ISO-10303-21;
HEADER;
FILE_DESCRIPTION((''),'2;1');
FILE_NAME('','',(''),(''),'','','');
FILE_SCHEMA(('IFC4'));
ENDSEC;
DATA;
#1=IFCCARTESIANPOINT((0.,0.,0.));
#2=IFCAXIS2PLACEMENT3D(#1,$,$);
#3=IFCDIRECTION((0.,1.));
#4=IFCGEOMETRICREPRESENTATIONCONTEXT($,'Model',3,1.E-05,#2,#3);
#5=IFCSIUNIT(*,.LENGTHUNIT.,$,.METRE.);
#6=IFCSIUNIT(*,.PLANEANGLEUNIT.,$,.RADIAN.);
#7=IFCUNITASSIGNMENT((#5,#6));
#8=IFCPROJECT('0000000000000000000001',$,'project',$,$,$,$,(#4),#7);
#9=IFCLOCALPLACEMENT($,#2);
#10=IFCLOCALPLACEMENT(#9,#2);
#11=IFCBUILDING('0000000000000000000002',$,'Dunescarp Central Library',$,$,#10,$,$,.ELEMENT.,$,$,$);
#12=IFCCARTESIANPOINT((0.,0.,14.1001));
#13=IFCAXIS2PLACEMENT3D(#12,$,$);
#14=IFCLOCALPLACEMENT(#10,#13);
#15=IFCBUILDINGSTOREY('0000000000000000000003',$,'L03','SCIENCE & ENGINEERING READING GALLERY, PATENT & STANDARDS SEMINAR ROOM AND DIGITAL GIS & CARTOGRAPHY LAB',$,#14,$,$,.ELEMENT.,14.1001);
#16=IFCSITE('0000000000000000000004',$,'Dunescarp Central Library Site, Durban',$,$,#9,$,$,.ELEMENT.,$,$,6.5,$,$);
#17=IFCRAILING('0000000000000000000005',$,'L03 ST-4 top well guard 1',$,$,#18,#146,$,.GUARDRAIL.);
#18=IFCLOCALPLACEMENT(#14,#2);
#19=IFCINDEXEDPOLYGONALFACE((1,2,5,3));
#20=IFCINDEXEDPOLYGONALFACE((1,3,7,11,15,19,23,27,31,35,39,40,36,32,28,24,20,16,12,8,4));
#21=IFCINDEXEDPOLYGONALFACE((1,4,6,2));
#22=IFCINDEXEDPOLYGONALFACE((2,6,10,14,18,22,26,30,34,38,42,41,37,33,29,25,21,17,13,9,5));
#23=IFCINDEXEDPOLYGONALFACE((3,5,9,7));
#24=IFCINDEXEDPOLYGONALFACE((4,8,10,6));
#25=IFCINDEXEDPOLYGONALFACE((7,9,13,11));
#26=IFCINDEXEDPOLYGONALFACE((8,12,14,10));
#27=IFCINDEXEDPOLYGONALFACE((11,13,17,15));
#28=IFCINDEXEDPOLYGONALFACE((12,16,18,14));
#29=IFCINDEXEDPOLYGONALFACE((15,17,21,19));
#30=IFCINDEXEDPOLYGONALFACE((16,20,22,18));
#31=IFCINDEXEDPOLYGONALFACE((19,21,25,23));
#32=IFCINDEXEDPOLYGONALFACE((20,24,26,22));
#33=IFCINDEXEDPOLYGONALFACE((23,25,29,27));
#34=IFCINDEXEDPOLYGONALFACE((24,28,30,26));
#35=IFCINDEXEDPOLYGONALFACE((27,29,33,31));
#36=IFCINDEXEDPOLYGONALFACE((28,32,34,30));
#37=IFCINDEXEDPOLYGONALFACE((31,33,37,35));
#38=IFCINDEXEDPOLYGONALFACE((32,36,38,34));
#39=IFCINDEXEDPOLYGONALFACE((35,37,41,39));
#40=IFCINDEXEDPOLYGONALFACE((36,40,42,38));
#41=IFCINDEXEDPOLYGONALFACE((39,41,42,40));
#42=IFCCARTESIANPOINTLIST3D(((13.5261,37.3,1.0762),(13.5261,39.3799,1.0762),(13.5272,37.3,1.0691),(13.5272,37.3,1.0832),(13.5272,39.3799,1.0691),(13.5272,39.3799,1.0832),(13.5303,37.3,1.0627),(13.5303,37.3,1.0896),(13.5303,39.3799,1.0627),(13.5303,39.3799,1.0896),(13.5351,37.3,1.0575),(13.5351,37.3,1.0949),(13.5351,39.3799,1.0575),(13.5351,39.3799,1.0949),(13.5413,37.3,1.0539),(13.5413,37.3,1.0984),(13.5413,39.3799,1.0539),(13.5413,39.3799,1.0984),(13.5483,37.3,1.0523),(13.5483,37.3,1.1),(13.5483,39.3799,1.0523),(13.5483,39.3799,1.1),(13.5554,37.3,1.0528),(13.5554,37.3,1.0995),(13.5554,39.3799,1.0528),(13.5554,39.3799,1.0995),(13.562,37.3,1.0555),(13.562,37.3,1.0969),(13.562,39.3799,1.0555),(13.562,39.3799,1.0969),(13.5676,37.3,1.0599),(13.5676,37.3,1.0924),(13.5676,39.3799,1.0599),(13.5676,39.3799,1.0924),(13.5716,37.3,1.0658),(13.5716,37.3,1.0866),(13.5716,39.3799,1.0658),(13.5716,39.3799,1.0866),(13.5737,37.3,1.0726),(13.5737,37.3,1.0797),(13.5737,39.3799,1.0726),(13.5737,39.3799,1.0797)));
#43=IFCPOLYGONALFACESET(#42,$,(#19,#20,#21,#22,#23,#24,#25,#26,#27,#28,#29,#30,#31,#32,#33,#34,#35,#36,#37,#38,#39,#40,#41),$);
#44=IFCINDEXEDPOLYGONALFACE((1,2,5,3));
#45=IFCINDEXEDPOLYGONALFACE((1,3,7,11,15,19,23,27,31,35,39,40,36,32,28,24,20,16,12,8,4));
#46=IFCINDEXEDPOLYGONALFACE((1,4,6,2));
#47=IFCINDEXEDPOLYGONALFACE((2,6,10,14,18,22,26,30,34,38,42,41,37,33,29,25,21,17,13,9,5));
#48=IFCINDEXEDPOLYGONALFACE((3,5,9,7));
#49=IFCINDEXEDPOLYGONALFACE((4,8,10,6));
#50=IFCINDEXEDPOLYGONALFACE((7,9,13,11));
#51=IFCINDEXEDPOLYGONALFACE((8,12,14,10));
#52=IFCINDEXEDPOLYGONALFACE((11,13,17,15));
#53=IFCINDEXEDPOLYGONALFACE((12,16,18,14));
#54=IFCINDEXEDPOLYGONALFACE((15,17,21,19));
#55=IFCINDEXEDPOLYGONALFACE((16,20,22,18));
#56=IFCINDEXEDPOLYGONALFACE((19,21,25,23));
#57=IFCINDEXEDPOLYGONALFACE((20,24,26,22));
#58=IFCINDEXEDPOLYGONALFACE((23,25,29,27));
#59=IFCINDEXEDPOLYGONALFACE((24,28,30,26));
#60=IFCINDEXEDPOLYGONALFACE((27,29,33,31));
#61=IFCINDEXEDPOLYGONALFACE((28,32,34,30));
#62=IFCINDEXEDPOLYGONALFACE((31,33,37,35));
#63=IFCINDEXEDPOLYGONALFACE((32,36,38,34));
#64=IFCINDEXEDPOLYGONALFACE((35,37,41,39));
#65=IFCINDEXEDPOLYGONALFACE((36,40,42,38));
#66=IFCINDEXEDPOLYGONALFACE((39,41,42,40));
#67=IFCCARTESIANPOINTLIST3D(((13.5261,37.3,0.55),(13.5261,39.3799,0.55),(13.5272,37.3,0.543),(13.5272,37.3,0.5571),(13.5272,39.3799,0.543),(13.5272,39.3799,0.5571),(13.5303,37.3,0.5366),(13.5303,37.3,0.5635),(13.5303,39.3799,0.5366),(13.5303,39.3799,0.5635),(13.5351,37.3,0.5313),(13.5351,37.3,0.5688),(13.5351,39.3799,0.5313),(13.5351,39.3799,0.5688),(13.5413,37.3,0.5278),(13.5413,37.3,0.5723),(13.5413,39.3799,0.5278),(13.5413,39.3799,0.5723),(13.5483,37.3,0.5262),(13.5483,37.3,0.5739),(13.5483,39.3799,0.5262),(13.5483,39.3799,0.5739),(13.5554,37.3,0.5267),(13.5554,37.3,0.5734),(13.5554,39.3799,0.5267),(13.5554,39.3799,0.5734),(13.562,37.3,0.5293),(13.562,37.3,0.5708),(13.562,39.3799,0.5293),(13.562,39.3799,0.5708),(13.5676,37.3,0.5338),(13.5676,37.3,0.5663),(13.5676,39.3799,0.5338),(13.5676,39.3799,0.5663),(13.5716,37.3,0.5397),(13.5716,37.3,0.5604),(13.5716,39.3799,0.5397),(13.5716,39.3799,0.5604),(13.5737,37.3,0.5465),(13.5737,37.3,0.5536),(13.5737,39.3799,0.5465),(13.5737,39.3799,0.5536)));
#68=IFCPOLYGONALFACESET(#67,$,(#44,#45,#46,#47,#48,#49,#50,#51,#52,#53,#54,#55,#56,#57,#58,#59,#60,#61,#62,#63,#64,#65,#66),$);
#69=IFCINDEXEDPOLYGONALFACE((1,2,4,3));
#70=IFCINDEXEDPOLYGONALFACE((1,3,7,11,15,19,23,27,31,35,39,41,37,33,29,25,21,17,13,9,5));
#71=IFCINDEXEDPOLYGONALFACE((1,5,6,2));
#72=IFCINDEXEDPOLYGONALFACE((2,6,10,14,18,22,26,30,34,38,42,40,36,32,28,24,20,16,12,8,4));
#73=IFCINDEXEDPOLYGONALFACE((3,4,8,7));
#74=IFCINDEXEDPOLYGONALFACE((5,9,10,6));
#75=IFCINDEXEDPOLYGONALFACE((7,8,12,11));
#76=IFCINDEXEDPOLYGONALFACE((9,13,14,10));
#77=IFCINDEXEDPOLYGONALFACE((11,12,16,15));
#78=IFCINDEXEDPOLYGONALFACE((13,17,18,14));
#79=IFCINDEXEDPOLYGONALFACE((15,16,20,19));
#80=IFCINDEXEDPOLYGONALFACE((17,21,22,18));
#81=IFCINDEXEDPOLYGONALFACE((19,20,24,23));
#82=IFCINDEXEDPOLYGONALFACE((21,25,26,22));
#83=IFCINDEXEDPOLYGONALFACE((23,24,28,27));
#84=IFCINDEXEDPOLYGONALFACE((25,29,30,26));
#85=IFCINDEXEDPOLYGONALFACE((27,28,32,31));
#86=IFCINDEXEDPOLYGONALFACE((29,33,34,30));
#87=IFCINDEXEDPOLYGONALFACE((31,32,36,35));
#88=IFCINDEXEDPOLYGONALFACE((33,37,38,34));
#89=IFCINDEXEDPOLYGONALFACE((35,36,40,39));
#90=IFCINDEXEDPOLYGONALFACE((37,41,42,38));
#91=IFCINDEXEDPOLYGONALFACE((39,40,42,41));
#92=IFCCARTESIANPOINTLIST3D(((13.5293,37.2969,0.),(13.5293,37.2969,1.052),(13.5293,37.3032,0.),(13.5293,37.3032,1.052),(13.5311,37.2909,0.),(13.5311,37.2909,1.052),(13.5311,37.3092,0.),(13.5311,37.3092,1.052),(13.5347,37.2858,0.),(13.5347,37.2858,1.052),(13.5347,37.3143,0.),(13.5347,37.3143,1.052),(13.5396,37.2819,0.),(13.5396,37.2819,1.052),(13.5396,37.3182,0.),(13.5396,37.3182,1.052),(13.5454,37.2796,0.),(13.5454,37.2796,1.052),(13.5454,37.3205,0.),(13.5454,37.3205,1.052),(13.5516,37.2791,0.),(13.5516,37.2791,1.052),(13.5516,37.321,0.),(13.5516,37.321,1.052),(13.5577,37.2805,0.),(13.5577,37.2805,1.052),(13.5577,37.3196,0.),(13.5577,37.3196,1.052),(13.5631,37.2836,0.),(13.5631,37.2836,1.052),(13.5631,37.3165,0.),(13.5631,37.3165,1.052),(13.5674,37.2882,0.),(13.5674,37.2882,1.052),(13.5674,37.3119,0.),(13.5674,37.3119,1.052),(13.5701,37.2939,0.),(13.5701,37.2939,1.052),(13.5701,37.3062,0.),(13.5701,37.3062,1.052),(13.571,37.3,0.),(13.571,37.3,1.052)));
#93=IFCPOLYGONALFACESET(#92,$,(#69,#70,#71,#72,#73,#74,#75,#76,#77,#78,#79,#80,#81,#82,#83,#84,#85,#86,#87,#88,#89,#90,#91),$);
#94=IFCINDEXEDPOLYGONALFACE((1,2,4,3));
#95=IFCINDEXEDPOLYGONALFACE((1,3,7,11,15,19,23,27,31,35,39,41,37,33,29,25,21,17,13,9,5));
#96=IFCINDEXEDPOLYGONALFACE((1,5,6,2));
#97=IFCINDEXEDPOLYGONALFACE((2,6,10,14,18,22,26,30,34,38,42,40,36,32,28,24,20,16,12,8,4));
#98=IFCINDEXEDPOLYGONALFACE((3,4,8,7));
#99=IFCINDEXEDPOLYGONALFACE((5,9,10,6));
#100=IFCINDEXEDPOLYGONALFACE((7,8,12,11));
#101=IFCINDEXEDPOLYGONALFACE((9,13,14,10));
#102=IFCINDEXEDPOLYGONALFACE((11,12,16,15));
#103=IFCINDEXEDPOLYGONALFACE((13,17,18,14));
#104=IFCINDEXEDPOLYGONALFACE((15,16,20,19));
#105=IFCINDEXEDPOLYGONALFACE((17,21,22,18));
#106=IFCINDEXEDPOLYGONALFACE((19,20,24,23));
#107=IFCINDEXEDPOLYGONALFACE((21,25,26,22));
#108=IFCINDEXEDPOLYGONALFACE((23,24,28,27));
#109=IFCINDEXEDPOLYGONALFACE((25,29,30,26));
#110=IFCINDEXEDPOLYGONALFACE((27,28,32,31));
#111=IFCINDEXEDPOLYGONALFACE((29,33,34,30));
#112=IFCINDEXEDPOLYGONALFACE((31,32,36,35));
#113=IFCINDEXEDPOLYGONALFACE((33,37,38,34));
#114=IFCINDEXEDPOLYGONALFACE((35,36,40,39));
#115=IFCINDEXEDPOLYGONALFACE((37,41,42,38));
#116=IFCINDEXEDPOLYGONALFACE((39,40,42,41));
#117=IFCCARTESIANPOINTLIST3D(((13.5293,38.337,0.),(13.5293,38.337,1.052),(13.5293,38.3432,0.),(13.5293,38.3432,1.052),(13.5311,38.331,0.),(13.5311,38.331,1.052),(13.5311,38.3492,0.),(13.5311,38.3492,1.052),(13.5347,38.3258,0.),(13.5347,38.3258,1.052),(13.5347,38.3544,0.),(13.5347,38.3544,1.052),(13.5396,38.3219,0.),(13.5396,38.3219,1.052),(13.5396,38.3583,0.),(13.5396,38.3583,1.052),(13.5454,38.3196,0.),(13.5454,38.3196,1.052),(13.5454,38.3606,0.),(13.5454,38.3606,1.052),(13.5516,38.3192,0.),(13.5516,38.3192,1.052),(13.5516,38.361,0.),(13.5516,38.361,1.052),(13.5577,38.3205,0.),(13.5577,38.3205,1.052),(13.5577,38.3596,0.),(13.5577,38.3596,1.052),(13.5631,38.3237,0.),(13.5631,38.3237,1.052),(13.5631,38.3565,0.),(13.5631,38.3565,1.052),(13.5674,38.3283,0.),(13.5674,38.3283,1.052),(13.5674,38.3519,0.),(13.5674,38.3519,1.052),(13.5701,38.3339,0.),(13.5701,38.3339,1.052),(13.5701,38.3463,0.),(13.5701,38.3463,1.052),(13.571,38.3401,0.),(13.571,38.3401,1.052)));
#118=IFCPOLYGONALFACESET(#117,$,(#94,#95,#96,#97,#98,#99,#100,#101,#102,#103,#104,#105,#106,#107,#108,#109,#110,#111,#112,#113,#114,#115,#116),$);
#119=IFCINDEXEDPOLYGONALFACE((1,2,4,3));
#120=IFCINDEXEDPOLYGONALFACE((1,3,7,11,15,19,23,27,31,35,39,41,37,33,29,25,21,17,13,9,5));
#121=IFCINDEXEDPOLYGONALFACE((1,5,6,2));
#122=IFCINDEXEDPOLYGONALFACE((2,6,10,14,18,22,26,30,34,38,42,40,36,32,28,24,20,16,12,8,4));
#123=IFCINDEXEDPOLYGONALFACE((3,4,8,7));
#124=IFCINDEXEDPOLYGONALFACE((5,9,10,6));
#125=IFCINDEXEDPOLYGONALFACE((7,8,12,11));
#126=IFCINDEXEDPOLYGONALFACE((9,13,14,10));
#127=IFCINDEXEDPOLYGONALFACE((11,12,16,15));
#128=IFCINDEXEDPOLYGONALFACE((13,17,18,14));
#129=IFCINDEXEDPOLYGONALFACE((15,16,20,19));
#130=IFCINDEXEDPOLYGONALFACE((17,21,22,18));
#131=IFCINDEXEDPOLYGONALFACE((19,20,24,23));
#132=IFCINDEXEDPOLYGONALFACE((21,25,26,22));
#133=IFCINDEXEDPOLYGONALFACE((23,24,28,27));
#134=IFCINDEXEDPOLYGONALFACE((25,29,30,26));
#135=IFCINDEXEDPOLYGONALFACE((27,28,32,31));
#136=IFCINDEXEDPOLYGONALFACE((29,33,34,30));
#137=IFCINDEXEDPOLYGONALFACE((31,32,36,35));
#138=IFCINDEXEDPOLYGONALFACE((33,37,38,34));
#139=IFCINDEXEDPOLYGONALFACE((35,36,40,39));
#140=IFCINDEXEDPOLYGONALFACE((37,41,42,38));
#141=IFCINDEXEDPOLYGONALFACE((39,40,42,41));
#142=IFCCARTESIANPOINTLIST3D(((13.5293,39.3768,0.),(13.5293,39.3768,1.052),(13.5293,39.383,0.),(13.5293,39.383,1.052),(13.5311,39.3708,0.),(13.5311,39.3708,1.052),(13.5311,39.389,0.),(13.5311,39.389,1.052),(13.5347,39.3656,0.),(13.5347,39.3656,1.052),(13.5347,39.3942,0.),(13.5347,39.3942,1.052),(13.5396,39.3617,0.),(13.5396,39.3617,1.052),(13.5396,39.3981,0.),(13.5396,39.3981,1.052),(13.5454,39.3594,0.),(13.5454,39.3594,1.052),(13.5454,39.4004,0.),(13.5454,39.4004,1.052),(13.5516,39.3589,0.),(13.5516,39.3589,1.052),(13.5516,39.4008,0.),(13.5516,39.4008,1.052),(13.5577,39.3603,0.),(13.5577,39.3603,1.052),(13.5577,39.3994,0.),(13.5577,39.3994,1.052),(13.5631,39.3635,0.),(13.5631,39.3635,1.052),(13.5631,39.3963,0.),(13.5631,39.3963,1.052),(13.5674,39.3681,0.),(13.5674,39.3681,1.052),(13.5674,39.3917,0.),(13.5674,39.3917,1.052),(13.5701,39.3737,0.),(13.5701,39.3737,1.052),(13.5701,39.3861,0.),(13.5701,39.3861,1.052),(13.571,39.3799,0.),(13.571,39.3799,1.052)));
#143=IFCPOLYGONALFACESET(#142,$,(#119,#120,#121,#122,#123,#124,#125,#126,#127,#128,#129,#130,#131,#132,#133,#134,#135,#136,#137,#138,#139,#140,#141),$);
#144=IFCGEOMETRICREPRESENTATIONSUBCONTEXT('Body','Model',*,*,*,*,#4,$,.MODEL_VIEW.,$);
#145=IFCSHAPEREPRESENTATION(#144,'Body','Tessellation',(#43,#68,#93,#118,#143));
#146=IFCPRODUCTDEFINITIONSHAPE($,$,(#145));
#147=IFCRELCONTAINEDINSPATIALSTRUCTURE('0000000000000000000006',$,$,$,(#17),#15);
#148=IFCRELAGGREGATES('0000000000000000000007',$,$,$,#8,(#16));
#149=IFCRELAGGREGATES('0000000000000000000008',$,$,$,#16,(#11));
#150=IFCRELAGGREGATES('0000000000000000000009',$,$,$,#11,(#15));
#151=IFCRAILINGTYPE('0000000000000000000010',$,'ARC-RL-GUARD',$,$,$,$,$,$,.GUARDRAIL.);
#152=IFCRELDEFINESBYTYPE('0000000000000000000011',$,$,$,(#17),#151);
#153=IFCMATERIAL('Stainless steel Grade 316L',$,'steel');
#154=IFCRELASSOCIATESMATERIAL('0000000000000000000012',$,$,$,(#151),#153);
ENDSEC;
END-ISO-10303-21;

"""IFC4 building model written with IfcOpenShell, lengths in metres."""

from ifc_helpers import new_model, si_unit, direction, frame, origin, origin_2d, place, context, subcontext, project, spatial, circle, extrude, material, type_object, element, save


model = new_model("IFC4")

# Units and contexts
model_context = context("Model", 3, precision=1e-05, world=origin(), true_north=direction((0.0, 1.0)))
body_context = subcontext(model_context, "Body", "Model", "MODEL_VIEW")
ifc_project = project(units=[si_unit("LENGTHUNIT", "METRE"), si_unit("PLANEANGLEUNIT", "RADIAN")], contexts=[model_context])

# Site, building, storey
site_placement = place(None, origin())
site = spatial("IfcSite", under=ifc_project, at=site_placement, Name="Dunescarp Central Library Site, Durban", CompositionType="ELEMENT", RefElevation=6.5)
building_placement = place(site_placement, origin())
building = spatial("IfcBuilding", under=site, at=building_placement, Name="Dunescarp Central Library", CompositionType="ELEMENT")
storey_placement = place(building_placement, frame((0.0, 0.0, 14.1001)))
storey = spatial("IfcBuildingStorey", under=building, at=storey_placement, Name="L03", Description="SCIENCE & ENGINEERING READING GALLERY, PATENT & STANDARDS SEMINAR ROOM AND DIGITAL GIS & CARTOGRAPHY LAB", CompositionType="ELEMENT", Elevation=14.1001)

# Railing
ifc_material_1 = material(Name="Stainless steel Grade 316L", Category="steel")
railing_type = type_object("IfcRailingType", Name="ARC-RL-GUARD", PredefinedType="GUARDRAIL", material=ifc_material_1)
railing_placement = place(storey_placement, frame((13.55, 37.3, 0.0)))
element("IfcRailing", 1, at=railing_placement, inside=storey, type_object=railing_type, Name="L03 ST-4 top well guard 1", PredefinedType="GUARDRAIL", context=body_context, shape_type="SweptSolid", body=[
    extrude(circle(Radius=0.0239, at=origin_2d()), frame((0.0, 0.0, 1.0762), z_axis=(0.0, 1.0, 0.0), x_axis=(-1.0, 0.0, 0.0)), (0.0, 0.0, 1.0), 2.0798),
    extrude(circle(Radius=0.0239, at=origin_2d()), frame((0.0, 0.0, 0.55), z_axis=(0.0, 1.0, 0.0), x_axis=(-1.0, 0.0, 0.0)), (0.0, 0.0, 1.0), 2.0798),
    extrude(circle(Radius=0.021, at=origin_2d()), origin(), (0.0, 0.0, 1.0), 1.052),
    extrude(circle(Radius=0.021, at=origin_2d()), frame((0.0, 1.04, 0.0)), (0.0, 0.0, 1.0), 1.052),
    extrude(circle(Radius=0.021, at=origin_2d()), frame((0.0, 2.0798, 0.0)), (0.0, 0.0, 1.0), 1.052),
])

save(model, "model.ifc")
